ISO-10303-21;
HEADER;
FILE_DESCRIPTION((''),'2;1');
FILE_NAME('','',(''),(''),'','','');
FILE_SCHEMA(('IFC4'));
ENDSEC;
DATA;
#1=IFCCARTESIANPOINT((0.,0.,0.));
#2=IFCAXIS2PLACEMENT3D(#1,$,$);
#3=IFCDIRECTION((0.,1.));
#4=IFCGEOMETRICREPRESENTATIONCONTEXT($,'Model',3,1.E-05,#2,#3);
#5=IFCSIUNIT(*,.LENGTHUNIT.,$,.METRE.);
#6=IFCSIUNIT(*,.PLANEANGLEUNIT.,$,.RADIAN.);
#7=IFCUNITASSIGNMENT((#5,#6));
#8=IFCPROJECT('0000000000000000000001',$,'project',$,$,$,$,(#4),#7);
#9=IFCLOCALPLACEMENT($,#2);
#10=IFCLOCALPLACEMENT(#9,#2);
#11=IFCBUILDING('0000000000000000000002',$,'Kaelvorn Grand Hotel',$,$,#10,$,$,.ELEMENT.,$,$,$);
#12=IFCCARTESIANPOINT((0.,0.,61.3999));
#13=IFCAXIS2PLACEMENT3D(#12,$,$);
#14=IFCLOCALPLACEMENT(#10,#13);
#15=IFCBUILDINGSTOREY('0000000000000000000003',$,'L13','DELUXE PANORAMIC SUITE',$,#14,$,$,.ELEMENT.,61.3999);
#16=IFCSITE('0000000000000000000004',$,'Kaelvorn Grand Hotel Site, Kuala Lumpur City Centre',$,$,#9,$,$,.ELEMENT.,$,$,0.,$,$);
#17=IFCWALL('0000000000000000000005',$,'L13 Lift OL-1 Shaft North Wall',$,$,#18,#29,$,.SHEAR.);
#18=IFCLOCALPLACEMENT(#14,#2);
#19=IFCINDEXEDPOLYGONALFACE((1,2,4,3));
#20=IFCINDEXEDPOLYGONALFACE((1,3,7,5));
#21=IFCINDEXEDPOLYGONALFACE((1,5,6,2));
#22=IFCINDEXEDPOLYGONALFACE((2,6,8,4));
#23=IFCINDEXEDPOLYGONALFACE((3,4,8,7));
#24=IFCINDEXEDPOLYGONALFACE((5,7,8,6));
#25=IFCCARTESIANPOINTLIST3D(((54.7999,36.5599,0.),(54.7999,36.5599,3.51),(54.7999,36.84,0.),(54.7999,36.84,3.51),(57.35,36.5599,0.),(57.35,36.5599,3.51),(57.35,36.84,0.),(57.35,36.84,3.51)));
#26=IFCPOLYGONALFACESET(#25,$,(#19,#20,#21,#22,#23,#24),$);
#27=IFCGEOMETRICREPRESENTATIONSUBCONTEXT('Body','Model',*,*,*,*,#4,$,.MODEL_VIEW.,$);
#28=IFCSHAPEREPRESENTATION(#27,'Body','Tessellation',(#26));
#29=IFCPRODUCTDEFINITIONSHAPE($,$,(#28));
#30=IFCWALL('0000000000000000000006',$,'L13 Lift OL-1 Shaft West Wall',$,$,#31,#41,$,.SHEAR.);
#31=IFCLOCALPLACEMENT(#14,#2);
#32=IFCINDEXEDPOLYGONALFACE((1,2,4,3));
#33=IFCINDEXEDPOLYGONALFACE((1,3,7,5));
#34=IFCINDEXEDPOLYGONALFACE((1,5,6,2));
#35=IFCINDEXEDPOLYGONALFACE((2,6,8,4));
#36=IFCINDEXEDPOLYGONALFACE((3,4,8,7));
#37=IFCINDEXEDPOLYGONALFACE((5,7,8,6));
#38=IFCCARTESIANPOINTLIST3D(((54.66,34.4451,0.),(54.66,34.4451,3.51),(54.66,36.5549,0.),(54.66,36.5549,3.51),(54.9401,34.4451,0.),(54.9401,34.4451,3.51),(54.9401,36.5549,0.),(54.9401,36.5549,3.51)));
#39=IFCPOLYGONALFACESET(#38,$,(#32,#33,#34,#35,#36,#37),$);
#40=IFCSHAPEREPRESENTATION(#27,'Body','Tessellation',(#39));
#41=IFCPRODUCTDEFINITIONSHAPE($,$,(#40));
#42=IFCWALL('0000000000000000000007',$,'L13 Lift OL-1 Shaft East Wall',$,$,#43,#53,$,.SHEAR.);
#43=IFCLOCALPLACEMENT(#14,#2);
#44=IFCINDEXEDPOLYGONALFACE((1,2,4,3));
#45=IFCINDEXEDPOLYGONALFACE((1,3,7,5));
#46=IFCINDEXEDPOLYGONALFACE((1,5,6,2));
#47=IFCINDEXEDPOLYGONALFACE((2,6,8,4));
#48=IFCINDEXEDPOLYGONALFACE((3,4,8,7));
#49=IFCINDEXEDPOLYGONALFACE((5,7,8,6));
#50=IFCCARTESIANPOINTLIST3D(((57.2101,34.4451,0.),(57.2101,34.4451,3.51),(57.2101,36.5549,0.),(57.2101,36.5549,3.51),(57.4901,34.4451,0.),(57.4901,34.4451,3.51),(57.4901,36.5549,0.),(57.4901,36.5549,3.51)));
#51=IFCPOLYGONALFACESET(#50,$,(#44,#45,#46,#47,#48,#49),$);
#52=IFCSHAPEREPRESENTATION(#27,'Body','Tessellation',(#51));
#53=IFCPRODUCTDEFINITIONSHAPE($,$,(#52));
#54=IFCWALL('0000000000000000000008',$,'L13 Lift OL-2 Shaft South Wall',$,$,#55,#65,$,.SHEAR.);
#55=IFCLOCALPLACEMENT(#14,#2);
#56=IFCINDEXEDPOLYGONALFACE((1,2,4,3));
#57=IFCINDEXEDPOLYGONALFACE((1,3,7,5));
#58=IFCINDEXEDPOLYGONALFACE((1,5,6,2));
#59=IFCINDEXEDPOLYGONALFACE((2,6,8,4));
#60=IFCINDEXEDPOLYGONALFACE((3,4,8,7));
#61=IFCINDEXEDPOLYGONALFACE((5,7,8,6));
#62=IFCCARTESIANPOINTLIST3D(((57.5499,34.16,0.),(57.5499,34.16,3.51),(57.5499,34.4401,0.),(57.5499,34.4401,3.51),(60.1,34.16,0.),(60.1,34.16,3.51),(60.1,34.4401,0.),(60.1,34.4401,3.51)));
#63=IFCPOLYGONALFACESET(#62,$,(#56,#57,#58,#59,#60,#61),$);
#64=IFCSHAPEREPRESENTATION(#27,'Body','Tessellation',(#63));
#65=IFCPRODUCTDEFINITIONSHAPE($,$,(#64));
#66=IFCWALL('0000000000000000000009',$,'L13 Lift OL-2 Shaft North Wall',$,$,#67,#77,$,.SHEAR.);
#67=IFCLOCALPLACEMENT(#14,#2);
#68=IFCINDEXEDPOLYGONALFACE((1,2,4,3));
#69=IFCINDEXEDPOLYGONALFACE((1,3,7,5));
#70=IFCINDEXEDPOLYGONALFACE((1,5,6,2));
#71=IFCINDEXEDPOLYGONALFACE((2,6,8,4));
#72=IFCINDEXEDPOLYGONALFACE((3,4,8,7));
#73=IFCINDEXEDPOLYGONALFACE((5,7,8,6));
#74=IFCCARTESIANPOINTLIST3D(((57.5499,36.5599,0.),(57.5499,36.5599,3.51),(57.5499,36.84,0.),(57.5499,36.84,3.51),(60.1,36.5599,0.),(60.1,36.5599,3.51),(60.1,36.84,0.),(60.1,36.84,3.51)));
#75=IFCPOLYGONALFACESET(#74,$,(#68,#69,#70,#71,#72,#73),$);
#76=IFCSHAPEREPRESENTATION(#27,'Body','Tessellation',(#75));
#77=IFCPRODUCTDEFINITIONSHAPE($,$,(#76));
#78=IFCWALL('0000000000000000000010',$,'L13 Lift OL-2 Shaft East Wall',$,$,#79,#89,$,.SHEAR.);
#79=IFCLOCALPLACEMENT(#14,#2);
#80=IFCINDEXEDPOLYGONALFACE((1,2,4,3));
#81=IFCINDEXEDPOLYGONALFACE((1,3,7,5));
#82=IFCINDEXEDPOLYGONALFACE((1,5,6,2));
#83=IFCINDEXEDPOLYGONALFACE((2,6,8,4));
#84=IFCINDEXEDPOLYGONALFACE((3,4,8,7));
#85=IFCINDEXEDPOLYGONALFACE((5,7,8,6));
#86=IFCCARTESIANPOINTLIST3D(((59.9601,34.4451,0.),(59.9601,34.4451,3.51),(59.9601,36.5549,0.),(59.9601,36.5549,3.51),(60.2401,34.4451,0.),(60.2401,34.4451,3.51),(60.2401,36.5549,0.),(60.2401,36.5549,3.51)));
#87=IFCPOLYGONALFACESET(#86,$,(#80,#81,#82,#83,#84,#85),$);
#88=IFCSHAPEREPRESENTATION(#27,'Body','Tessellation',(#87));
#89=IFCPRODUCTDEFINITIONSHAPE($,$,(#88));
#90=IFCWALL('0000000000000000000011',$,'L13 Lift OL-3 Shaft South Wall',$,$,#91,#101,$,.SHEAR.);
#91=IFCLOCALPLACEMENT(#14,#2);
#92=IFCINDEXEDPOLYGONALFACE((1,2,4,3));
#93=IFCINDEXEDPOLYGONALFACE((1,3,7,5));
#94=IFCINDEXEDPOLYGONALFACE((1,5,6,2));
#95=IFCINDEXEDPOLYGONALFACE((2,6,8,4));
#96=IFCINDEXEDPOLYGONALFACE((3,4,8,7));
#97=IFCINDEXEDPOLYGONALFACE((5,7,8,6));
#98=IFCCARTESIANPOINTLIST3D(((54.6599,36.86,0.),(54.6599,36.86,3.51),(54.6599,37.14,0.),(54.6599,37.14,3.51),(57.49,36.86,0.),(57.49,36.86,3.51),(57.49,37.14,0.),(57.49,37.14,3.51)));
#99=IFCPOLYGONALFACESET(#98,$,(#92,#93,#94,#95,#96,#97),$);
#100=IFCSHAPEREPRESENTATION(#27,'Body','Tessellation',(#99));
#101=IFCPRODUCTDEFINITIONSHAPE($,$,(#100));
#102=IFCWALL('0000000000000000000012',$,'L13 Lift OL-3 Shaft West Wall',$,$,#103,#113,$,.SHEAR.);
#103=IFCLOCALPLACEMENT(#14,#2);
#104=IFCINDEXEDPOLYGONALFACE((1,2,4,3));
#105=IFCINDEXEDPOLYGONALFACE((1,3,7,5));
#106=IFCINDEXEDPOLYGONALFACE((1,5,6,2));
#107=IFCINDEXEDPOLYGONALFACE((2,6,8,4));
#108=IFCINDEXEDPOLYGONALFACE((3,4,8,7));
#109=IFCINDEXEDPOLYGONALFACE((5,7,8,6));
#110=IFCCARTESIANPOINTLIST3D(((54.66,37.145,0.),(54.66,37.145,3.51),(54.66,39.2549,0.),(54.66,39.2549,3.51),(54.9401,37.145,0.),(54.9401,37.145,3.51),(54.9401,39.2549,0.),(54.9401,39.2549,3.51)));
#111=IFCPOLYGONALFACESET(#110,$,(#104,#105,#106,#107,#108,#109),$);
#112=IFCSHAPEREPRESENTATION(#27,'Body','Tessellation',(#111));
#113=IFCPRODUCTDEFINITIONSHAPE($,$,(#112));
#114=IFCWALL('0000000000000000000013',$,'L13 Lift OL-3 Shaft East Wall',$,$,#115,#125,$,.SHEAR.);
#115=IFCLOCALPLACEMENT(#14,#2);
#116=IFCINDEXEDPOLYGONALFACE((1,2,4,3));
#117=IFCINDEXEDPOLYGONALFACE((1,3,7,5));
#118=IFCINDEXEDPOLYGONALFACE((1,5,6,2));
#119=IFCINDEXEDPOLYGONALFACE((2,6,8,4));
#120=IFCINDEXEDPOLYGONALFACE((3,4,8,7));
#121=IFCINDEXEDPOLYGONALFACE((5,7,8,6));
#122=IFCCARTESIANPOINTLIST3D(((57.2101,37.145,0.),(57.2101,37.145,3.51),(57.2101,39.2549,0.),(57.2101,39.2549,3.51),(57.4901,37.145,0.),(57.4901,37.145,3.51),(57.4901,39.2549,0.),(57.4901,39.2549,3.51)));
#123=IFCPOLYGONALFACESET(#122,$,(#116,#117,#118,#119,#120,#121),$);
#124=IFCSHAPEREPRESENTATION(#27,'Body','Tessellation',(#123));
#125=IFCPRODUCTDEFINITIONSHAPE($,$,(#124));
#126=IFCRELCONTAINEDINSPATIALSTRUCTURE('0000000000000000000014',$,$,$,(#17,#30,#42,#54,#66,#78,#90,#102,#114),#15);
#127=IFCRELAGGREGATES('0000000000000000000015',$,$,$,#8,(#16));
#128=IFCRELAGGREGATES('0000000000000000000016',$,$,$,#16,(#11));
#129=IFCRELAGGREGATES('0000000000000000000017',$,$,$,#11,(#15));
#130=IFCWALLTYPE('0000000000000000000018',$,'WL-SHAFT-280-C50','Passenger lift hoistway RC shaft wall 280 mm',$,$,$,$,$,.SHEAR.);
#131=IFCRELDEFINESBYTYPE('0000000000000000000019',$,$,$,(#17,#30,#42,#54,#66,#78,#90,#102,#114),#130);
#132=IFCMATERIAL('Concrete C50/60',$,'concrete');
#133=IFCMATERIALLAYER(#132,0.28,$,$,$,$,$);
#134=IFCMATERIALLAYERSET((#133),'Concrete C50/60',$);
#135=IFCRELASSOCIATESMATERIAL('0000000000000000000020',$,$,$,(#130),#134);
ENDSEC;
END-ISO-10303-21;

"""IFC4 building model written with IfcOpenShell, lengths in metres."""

from ifc_helpers import new_model, si_unit, direction, frame, frame_2d, origin, place, context, subcontext, project, spatial, rectangle, extrude, material, layer, layer_set, type_object, element, save


model = new_model("IFC4")

# Units and contexts
model_context = context("Model", 3, precision=1e-05, world=origin(), true_north=direction((0.0, 1.0)))
body_context = subcontext(model_context, "Body", "Model", "MODEL_VIEW")
ifc_project = project(units=[si_unit("LENGTHUNIT", "METRE"), si_unit("PLANEANGLEUNIT", "RADIAN")], contexts=[model_context])

# Site, building, storey
site_placement = place(None, origin())
site = spatial("IfcSite", under=ifc_project, at=site_placement, Name="Kaelvorn Grand Hotel Site, Kuala Lumpur City Centre", CompositionType="ELEMENT", RefElevation=0.0)
building_placement = place(site_placement, origin())
building = spatial("IfcBuilding", under=site, at=building_placement, Name="Kaelvorn Grand Hotel", CompositionType="ELEMENT")
storey_placement = place(building_placement, frame((0.0, 0.0, 61.3999)))
storey = spatial("IfcBuildingStorey", under=building, at=storey_placement, Name="L13", Description="DELUXE PANORAMIC SUITE", CompositionType="ELEMENT", Elevation=61.3999)

# Walls
ifc_material_1 = material(Name="Concrete C50/60", Category="concrete")
ifc_layer_1 = layer(ifc_material_1, 0.28)
ifc_layer_set_1 = layer_set([ifc_layer_1], Name="Concrete C50/60")
wall_type_1 = type_object("IfcWallType", Name="WL-SHAFT-280-C50", Description="Passenger lift hoistway RC shaft wall 280 mm", PredefinedType="SHEAR", material=ifc_layer_set_1)
for number, where, z_axis, x_axis, name in (
    (1, (54.8, 36.7, 0.0), (0.0, 0.0, 1.0), (1.0, 0.0, 0.0), "L13 Lift OL-1 Shaft North Wall"),
):
    element("IfcWall", number, at=place(storey_placement, frame(where, z_axis=z_axis, x_axis=x_axis)), inside=storey, type_object=wall_type_1, Name=name, PredefinedType="SHEAR", context=body_context, shape_type="SweptSolid", body=[
        extrude(rectangle(XDim=2.55, YDim=0.28, at=frame_2d((1.2749, 0.0))), origin(), (0.0, 0.0, 1.0), 3.51),
    ])
for number, where, z_axis, x_axis, name in (
    (2, (54.8, 34.4451, 0.0), (0.0, 0.0, 1.0), (0.0, 1.0, 0.0), "L13 Lift OL-1 Shaft West Wall"),
    (3, (57.3501, 34.4451, 0.0), (0.0, 0.0, 1.0), (0.0, 1.0, 0.0), "L13 Lift OL-1 Shaft East Wall"),
):
    element("IfcWall", number, at=place(storey_placement, frame(where, z_axis=z_axis, x_axis=x_axis)), inside=storey, type_object=wall_type_1, Name=name, PredefinedType="SHEAR", context=body_context, shape_type="SweptSolid", body=[
        extrude(rectangle(XDim=2.1099, YDim=0.28, at=frame_2d((1.0549, 0.0))), origin(), (0.0, 0.0, 1.0), 3.51),
    ])
for number, where, z_axis, x_axis, name in (
    (4, (57.55, 34.3, 0.0), (0.0, 0.0, 1.0), (1.0, 0.0, 0.0), "L13 Lift OL-2 Shaft South Wall"),
    (5, (57.55, 36.7, 0.0), (0.0, 0.0, 1.0), (1.0, 0.0, 0.0), "L13 Lift OL-2 Shaft North Wall"),
):
    element("IfcWall", number, at=place(storey_placement, frame(where, z_axis=z_axis, x_axis=x_axis)), inside=storey, type_object=wall_type_1, Name=name, PredefinedType="SHEAR", context=body_context, shape_type="SweptSolid", body=[
        extrude(rectangle(XDim=2.55, YDim=0.28, at=frame_2d((1.2749, 0.0))), origin(), (0.0, 0.0, 1.0), 3.51),
    ])
wall_1_placement = place(storey_placement, frame((60.1001, 34.4451, 0.0), z_axis=(0.0, 0.0, 1.0), x_axis=(0.0, 1.0, 0.0)))
element("IfcWall", 6, at=wall_1_placement, inside=storey, type_object=wall_type_1, Name="L13 Lift OL-2 Shaft East Wall", PredefinedType="SHEAR", context=body_context, shape_type="SweptSolid", body=[
    extrude(rectangle(XDim=2.1099, YDim=0.28, at=frame_2d((1.0549, 0.0))), origin(), (0.0, 0.0, 1.0), 3.51),
])
wall_2_placement = place(storey_placement, frame((54.6599, 37.0, 0.0), z_axis=(0.0, 0.0, 1.0), x_axis=(1.0, 0.0, 0.0)))
element("IfcWall", 7, at=wall_2_placement, inside=storey, type_object=wall_type_1, Name="L13 Lift OL-3 Shaft South Wall", PredefinedType="SHEAR", context=body_context, shape_type="SweptSolid", body=[
    extrude(rectangle(XDim=2.8301, YDim=0.28, at=frame_2d((1.415, 0.0))), origin(), (0.0, 0.0, 1.0), 3.51),
])
for number, where, z_axis, x_axis, name in (
    (8, (54.8, 37.145, 0.0), (0.0, 0.0, 1.0), (0.0, 1.0, 0.0), "L13 Lift OL-3 Shaft West Wall"),
    (9, (57.3501, 37.145, 0.0), (0.0, 0.0, 1.0), (0.0, 1.0, 0.0), "L13 Lift OL-3 Shaft East Wall"),
):
    element("IfcWall", number, at=place(storey_placement, frame(where, z_axis=z_axis, x_axis=x_axis)), inside=storey, type_object=wall_type_1, Name=name, PredefinedType="SHEAR", context=body_context, shape_type="SweptSolid", body=[
        extrude(rectangle(XDim=2.1099, YDim=0.28, at=frame_2d((1.0549, 0.0))), origin(), (0.0, 0.0, 1.0), 3.51),
    ])

save(model, "model.ifc")
